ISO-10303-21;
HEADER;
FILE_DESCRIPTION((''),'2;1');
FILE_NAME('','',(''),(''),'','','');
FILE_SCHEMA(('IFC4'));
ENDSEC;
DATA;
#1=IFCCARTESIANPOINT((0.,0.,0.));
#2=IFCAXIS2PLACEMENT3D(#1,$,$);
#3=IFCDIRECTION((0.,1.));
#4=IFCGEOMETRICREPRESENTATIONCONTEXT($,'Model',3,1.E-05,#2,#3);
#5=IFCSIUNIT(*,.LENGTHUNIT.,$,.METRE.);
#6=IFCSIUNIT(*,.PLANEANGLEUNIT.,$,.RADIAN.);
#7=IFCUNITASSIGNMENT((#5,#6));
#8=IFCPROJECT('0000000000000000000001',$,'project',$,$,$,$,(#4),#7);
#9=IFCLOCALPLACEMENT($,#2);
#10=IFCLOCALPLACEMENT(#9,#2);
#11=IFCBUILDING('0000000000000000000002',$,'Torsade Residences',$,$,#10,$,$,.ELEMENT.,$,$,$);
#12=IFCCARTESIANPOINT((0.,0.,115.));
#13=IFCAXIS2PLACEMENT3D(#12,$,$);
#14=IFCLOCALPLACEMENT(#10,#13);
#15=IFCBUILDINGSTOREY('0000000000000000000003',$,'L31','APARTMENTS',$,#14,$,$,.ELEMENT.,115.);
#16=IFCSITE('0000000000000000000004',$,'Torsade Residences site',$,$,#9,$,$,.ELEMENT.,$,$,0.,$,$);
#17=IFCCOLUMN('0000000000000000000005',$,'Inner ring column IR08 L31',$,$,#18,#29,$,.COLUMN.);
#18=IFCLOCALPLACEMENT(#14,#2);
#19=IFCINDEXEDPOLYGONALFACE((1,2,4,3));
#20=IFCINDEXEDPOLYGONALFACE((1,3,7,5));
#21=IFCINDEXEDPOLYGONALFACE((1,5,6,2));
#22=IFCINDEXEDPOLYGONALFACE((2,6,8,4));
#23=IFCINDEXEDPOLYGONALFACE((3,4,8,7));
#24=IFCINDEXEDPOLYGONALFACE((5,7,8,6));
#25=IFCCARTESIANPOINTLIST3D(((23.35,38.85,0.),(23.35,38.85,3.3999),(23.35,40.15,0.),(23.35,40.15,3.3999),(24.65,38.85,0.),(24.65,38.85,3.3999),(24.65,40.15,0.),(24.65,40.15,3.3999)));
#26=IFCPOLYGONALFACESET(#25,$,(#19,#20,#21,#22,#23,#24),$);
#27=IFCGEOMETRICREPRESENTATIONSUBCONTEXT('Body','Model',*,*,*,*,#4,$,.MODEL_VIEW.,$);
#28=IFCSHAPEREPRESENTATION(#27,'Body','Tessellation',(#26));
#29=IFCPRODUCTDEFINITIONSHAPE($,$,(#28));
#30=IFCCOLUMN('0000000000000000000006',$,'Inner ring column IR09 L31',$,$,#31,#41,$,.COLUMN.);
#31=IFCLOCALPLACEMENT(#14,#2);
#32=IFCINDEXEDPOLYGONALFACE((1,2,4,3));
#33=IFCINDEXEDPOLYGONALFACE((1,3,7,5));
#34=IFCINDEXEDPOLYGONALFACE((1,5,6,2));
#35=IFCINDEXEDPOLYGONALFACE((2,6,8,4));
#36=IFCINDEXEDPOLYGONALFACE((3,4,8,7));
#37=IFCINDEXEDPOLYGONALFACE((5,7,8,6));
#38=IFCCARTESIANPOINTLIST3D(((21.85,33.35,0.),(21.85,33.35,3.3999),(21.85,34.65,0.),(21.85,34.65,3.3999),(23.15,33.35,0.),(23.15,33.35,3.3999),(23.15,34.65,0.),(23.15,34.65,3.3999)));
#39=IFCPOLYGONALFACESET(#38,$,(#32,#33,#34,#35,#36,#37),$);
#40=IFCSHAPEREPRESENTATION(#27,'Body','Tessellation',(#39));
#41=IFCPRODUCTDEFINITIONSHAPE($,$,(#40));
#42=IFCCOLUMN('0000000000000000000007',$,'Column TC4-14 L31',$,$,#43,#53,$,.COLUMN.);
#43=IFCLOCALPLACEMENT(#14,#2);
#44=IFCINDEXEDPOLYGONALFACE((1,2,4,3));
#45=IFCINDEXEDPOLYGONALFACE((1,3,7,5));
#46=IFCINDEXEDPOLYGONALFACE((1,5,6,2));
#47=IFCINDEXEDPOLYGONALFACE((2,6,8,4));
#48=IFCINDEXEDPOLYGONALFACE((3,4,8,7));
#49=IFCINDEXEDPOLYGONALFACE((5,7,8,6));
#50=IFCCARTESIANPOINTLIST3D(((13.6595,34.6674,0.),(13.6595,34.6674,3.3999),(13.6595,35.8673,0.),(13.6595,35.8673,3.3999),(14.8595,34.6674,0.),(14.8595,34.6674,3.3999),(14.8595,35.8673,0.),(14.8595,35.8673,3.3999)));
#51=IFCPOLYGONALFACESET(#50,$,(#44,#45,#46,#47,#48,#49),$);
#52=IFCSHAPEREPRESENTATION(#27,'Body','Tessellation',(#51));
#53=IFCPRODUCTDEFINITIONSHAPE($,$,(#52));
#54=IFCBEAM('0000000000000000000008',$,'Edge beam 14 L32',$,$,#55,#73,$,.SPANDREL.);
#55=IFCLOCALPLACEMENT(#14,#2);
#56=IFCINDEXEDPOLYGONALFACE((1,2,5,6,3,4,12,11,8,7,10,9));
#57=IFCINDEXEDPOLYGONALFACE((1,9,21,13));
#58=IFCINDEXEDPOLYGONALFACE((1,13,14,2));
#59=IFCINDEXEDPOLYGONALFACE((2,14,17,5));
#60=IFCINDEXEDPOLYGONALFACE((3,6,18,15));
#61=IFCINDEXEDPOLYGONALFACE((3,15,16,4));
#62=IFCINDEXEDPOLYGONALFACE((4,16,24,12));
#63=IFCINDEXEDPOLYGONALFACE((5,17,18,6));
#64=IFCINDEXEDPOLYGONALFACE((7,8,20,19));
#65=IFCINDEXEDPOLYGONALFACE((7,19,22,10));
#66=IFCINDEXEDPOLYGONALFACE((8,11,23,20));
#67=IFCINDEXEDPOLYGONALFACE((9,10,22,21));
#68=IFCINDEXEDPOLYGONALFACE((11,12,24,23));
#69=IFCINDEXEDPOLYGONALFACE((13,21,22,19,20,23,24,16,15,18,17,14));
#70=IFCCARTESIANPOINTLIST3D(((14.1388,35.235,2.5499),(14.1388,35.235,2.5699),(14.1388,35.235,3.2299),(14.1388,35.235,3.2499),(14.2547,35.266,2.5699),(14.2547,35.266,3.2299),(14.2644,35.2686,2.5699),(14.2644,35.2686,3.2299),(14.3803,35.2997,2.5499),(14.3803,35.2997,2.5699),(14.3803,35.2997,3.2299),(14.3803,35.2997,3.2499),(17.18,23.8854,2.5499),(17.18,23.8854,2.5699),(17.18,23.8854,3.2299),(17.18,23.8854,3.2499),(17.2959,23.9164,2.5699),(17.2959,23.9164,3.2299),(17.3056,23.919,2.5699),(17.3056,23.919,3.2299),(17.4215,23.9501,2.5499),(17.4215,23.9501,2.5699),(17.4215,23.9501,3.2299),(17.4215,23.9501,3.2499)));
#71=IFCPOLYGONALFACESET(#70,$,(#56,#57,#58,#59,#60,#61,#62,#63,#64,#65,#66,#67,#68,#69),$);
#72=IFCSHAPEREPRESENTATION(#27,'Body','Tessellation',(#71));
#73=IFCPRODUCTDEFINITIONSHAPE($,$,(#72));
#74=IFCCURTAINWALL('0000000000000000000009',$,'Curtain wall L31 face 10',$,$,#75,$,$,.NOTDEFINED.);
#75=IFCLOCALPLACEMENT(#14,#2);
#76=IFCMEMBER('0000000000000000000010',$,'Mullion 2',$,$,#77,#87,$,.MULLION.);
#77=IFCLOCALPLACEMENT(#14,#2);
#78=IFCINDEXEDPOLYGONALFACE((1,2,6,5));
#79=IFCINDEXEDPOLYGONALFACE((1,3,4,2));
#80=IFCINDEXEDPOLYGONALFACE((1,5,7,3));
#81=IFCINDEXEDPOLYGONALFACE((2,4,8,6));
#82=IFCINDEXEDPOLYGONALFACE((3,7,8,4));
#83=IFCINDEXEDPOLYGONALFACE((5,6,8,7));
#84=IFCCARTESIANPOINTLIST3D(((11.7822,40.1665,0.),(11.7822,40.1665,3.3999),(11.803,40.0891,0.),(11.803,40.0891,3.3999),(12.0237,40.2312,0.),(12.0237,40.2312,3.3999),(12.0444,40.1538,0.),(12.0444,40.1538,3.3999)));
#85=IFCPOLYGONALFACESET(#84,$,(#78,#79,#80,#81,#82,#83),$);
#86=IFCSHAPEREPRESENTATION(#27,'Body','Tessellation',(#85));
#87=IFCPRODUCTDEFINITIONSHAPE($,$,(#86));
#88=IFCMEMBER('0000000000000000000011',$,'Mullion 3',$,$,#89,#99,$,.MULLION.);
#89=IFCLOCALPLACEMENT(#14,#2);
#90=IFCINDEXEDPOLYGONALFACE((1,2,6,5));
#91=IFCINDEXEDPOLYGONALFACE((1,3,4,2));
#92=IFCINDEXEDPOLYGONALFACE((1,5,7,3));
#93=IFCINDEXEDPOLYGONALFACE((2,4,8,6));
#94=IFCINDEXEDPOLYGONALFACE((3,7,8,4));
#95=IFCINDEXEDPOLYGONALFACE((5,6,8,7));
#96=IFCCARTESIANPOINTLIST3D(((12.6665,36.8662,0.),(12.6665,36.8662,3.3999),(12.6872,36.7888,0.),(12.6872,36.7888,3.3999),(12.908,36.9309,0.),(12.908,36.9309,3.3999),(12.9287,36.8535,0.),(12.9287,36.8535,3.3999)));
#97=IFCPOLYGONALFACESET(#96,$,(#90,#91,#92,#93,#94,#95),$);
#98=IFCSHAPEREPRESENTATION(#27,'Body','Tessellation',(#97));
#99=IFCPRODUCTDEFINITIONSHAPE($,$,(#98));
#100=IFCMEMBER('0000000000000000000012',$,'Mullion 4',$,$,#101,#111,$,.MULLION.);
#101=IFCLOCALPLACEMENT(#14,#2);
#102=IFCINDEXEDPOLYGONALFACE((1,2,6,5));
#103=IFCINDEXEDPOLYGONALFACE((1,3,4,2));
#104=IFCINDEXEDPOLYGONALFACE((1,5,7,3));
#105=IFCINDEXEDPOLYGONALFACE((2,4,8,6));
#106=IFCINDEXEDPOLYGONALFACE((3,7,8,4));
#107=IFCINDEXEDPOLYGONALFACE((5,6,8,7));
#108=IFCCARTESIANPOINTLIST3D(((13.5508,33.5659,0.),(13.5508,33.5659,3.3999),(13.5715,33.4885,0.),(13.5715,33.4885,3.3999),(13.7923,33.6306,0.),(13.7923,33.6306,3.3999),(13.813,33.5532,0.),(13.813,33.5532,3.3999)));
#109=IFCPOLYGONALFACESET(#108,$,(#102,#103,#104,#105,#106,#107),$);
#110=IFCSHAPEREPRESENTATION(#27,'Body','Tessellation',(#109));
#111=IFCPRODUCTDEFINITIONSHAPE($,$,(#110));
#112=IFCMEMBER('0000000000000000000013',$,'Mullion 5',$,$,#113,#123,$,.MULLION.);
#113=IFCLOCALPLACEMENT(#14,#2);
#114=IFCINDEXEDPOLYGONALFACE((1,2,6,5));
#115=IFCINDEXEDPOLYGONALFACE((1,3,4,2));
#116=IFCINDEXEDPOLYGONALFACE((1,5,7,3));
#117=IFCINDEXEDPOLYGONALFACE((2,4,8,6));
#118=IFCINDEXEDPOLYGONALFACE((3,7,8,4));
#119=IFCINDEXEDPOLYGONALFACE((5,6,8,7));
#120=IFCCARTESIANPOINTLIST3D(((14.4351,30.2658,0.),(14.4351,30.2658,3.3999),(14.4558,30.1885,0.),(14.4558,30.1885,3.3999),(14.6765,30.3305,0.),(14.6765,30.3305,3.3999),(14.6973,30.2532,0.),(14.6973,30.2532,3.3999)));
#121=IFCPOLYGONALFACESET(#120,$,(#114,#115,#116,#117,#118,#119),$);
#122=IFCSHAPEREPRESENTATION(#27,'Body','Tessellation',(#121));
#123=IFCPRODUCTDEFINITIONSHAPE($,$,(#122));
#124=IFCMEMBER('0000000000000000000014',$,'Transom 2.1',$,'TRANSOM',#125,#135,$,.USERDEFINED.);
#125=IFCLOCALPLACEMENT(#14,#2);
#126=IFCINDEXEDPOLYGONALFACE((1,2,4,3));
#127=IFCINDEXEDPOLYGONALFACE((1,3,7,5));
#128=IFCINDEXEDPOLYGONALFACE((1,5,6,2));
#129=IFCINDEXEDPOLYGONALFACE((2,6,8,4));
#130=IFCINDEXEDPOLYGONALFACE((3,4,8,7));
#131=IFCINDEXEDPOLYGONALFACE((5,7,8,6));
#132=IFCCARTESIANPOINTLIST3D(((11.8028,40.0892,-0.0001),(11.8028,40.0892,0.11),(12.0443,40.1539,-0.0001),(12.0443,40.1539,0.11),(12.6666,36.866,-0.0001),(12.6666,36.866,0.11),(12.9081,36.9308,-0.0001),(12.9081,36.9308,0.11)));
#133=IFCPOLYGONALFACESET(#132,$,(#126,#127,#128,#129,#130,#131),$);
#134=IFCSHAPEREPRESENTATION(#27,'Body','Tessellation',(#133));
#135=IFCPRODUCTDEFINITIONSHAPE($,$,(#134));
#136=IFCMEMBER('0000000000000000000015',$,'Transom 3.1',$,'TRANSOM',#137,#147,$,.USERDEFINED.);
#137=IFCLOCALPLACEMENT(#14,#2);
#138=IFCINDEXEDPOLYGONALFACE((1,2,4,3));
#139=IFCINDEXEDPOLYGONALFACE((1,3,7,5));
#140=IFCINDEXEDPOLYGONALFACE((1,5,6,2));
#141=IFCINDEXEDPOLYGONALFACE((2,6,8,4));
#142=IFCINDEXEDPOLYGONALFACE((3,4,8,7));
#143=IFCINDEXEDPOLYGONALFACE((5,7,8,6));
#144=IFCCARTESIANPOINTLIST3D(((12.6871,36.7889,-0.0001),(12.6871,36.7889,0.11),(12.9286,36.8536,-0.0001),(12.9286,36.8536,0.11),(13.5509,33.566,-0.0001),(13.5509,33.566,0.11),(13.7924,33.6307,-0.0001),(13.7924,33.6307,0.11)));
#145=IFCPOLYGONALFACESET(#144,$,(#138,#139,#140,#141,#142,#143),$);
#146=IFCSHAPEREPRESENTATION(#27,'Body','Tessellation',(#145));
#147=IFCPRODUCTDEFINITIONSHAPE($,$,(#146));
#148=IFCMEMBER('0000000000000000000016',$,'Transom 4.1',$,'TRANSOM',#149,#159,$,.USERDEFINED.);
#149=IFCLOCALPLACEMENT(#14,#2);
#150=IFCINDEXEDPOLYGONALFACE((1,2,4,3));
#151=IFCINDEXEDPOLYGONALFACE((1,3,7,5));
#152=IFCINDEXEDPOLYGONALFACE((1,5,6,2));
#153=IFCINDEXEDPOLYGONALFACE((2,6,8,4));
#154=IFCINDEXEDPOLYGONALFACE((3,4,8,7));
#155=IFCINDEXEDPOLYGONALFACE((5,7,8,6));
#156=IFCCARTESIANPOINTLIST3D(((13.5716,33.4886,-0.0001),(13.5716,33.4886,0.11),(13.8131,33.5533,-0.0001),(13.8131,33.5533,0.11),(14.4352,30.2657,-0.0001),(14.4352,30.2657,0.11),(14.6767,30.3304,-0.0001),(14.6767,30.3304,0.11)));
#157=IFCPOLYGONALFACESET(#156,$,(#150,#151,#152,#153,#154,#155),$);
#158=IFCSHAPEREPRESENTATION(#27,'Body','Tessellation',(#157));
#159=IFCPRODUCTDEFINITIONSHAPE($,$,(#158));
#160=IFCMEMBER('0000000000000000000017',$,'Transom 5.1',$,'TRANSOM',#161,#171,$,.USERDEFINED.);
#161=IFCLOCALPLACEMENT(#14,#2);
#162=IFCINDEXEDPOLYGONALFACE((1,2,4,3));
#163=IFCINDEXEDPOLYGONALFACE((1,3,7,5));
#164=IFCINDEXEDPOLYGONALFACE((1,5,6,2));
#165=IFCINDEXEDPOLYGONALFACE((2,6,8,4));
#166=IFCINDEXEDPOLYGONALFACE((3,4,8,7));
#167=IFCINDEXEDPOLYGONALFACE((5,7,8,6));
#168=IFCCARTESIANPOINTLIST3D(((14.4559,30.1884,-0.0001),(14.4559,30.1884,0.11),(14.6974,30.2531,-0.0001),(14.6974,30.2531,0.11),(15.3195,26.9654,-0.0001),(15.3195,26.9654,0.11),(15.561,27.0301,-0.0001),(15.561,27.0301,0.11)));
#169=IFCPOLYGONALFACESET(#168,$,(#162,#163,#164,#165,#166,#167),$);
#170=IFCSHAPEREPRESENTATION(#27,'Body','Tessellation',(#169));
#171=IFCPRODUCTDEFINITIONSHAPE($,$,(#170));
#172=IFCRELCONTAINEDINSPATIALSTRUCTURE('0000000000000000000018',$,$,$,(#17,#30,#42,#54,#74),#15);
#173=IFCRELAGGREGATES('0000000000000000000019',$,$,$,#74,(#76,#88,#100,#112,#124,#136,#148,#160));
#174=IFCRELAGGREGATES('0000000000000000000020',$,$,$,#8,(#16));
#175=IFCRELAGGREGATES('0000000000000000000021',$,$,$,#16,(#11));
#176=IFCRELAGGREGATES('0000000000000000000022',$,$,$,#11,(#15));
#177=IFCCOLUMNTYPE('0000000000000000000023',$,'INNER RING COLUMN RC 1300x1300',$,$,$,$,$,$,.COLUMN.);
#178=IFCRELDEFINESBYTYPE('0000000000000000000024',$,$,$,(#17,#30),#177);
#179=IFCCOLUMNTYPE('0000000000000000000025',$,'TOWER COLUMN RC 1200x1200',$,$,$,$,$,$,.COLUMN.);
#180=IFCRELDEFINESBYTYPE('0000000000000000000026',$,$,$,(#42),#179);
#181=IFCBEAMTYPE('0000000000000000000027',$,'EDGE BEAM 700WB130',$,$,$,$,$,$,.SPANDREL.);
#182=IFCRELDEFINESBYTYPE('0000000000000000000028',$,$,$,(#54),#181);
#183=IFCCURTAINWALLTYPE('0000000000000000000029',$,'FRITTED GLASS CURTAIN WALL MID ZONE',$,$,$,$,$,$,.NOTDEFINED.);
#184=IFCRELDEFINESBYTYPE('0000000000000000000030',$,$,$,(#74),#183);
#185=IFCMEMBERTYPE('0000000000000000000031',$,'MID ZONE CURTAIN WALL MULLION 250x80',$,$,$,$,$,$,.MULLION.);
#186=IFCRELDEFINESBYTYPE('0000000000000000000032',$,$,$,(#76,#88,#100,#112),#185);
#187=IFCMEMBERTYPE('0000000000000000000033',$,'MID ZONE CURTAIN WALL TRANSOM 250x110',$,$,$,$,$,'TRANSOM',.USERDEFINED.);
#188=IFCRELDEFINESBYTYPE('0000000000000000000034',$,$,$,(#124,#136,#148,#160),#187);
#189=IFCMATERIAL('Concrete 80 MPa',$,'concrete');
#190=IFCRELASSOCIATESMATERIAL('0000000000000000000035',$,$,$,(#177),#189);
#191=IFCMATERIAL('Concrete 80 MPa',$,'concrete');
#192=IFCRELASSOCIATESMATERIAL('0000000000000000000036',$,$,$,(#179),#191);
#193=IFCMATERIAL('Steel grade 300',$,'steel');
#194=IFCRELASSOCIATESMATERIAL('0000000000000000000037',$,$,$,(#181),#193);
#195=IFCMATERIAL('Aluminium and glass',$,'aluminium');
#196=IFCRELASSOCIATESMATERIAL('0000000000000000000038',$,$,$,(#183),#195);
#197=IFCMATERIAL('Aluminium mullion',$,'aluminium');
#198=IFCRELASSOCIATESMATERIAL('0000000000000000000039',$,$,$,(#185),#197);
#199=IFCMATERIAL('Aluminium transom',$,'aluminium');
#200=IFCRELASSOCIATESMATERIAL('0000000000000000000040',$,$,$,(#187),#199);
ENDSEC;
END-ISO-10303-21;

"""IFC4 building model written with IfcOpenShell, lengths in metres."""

from ifc_helpers import new_model, si_unit, direction, frame, origin, origin_2d, place, context, subcontext, project, spatial, rectangle, i_section, extrude, material, material_profile, profile_set, type_object, element, aggregate, save


model = new_model("IFC4")

# Units and contexts
model_context = context("Model", 3, precision=1e-05, world=origin(), true_north=direction((0.0, 1.0)))
body_context = subcontext(model_context, "Body", "Model", "MODEL_VIEW")
ifc_project = project(units=[si_unit("LENGTHUNIT", "METRE"), si_unit("PLANEANGLEUNIT", "RADIAN")], contexts=[model_context])

# Site, building, storey
site_placement = place(None, origin())
site = spatial("IfcSite", under=ifc_project, at=site_placement, Name="Torsade Residences site", CompositionType="ELEMENT", RefElevation=0.0)
building_placement = place(site_placement, origin())
building = spatial("IfcBuilding", under=site, at=building_placement, Name="Torsade Residences", CompositionType="ELEMENT")
storey_placement = place(building_placement, frame((0.0, 0.0, 115.0)))
storey = spatial("IfcBuildingStorey", under=building, at=storey_placement, Name="L31", Description="APARTMENTS", CompositionType="ELEMENT", Elevation=115.0)

# Columns
ifc_material_1 = material(Name="Concrete 80 MPa", Category="concrete")
ifc_material_profile_1 = material_profile(ifc_material_1, rectangle(XDim=1.3, YDim=1.3, at=origin_2d()), Name="RC 1300x1300")
ifc_profile_set_1 = profile_set([ifc_material_profile_1], Name="Concrete 80 MPa")
column_type_1 = type_object("IfcColumnType", Name="INNER RING COLUMN RC 1300x1300", PredefinedType="COLUMN", material=ifc_profile_set_1)
for number, where, z_axis, x_axis, name in (
    (1, (24.0, 39.5, 0.0), (0.0, 0.0, 1.0), (1.0, 0.0, 0.0), "Inner ring column IR08 L31"),
    (2, (22.5, 34.0, 0.0), (0.0, 0.0, 1.0), (1.0, 0.0, 0.0), "Inner ring column IR09 L31"),
):
    element("IfcColumn", number, at=place(storey_placement, frame(where, z_axis=z_axis, x_axis=x_axis)), inside=storey, type_object=column_type_1, Name=name, PredefinedType="COLUMN", context=body_context, shape_type="SweptSolid", body=[
        extrude(rectangle(XDim=1.3, YDim=1.3, at=origin_2d()), origin(), (0.0, 0.0, 1.0), 3.3999),
    ])
ifc_material_2 = material(Name="Concrete 80 MPa", Category="concrete")
ifc_material_profile_2 = material_profile(ifc_material_2, rectangle(XDim=1.2, YDim=1.2, at=origin_2d()), Name="RC 1200x1200")
ifc_profile_set_2 = profile_set([ifc_material_profile_2], Name="Concrete 80 MPa")
column_type_2 = type_object("IfcColumnType", Name="TOWER COLUMN RC 1200x1200", PredefinedType="COLUMN", material=ifc_profile_set_2)
column_placement = place(storey_placement, frame((14.2595, 35.2673, 0.0), z_axis=(0.0, 0.0, 1.0), x_axis=(1.0, 0.0, 0.0)))
element("IfcColumn", 3, at=column_placement, inside=storey, type_object=column_type_2, Name="Column TC4-14 L31", PredefinedType="COLUMN", context=body_context, shape_type="SweptSolid", body=[
    extrude(rectangle(XDim=1.2, YDim=1.2, at=origin_2d()), origin(), (0.0, 0.0, 1.0), 3.3999),
])

# Beam
ifc_material_3 = material(Name="Steel grade 300", Category="steel")
ifc_material_profile_3 = material_profile(ifc_material_3, i_section(OverallWidth=0.25, OverallDepth=0.7, WebThickness=0.01, FlangeThickness=0.02, at=origin_2d()), Name="700WB130")
ifc_profile_set_3 = profile_set([ifc_material_profile_3], Name="Steel grade 300")
beam_type_1 = type_object("IfcBeamType", Name="EDGE BEAM 700WB130", PredefinedType="SPANDREL", material=ifc_profile_set_3)
beam_1_placement = place(storey_placement, frame((14.2595, 35.2673, 2.8999), z_axis=(0.25883, -0.965923, 0.0), x_axis=(0.965923, 0.25883, 0.0)))
element("IfcBeam", 4, at=beam_1_placement, inside=storey, type_object=beam_type_1, Name="Edge beam 14 L32", PredefinedType="SPANDREL", context=body_context, shape_type="SweptSolid", body=[
    extrude(i_section(OverallWidth=0.25, OverallDepth=0.7, WebThickness=0.01, FlangeThickness=0.02, at=origin_2d()), origin(), (0.0, 0.0, 1.0), 11.75),
])

# Curtain wall, members
ifc_material_4 = material(Name="Aluminium and glass", Category="aluminium")
curtain_wall_type = type_object("IfcCurtainWallType", Name="FRITTED GLASS CURTAIN WALL MID ZONE", PredefinedType="NOTDEFINED", material=ifc_material_4)
curtain_wall_placement = place(storey_placement, origin())
curtain_wall = element("IfcCurtainWall", 5, at=curtain_wall_placement, inside=storey, type_object=curtain_wall_type, Name="Curtain wall L31 face 10", PredefinedType="NOTDEFINED")
ifc_material_5 = material(Name="Aluminium mullion", Category="aluminium")
ifc_material_profile_4 = material_profile(ifc_material_5, rectangle(XDim=0.25, YDim=0.0801, at=origin_2d()), Name="MID ZONE CURTAIN WALL MULLION 250x80")
ifc_profile_set_4 = profile_set([ifc_material_profile_4], Name="Aluminium mullion")
member_type_1 = type_object("IfcMemberType", Name="MID ZONE CURTAIN WALL MULLION 250x80", PredefinedType="MULLION", material=ifc_profile_set_4)
member_1_placement = place(storey_placement, frame((11.9133, 40.1602, 0.0), z_axis=(0.0, 0.0, 1.0), x_axis=(0.965926, 0.258819, 0.0)))
member_1 = element("IfcMember", 6, at=member_1_placement, type_object=member_type_1, Name="Mullion 2", PredefinedType="MULLION", context=body_context, shape_type="SweptSolid", body=[
    extrude(rectangle(XDim=0.25, YDim=0.0801, at=origin_2d()), origin(), (0.0, 0.0, 1.0), 3.3999),
])
member_2_placement = place(storey_placement, frame((12.7976, 36.8599, 0.0), z_axis=(0.0, 0.0, 1.0), x_axis=(0.965926, 0.258819, 0.0)))
member_2 = element("IfcMember", 7, at=member_2_placement, type_object=member_type_1, Name="Mullion 3", PredefinedType="MULLION", context=body_context, shape_type="SweptSolid", body=[
    extrude(rectangle(XDim=0.25, YDim=0.0801, at=origin_2d()), origin(), (0.0, 0.0, 1.0), 3.3999),
])
member_3_placement = place(storey_placement, frame((13.6819, 33.5596, 0.0), z_axis=(0.0, 0.0, 1.0), x_axis=(0.965926, 0.258819, 0.0)))
member_3 = element("IfcMember", 8, at=member_3_placement, type_object=member_type_1, Name="Mullion 4", PredefinedType="MULLION", context=body_context, shape_type="SweptSolid", body=[
    extrude(rectangle(XDim=0.25, YDim=0.0801, at=origin_2d()), origin(), (0.0, 0.0, 1.0), 3.3999),
])
member_4_placement = place(storey_placement, frame((14.5662, 30.2595, 0.0), z_axis=(0.0, 0.0, 1.0), x_axis=(0.965926, 0.258819, 0.0)))
member_4 = element("IfcMember", 9, at=member_4_placement, type_object=member_type_1, Name="Mullion 5", PredefinedType="MULLION", context=body_context, shape_type="SweptSolid", body=[
    extrude(rectangle(XDim=0.25, YDim=0.0801, at=origin_2d()), origin(), (0.0, 0.0, 1.0), 3.3999),
])
ifc_material_6 = material(Name="Aluminium transom", Category="aluminium")
ifc_material_profile_5 = material_profile(ifc_material_6, rectangle(XDim=0.25, YDim=0.1101, at=origin_2d()), Name="MID ZONE CURTAIN WALL TRANSOM 250x110")
ifc_profile_set_5 = profile_set([ifc_material_profile_5], Name="Aluminium transom")
member_type_2 = type_object("IfcMemberType", Name="MID ZONE CURTAIN WALL TRANSOM 250x110", ElementType="TRANSOM", PredefinedType="USERDEFINED", material=ifc_profile_set_5)
member_5_placement = place(storey_placement, frame((11.9236, 40.1216, 0.0549), z_axis=(0.258856, -0.965916, 0.0), x_axis=(0.965916, 0.258856, 0.0)))
member_5 = element("IfcMember", 10, at=member_5_placement, type_object=member_type_2, Name="Transom 2.1", ObjectType="TRANSOM", PredefinedType="USERDEFINED", context=body_context, shape_type="SweptSolid", body=[
    extrude(rectangle(XDim=0.25, YDim=0.1101, at=origin_2d()), origin(), (0.0, 0.0, 1.0), 3.3369),
])
member_6_placement = place(storey_placement, frame((12.8079, 36.8213, 0.0549), z_axis=(0.258874, -0.965911, 0.0), x_axis=(0.965911, 0.258874, 0.0)))
member_6 = element("IfcMember", 11, at=member_6_placement, type_object=member_type_2, Name="Transom 3.1", ObjectType="TRANSOM", PredefinedType="USERDEFINED", context=body_context, shape_type="SweptSolid", body=[
    extrude(rectangle(XDim=0.25, YDim=0.1101, at=origin_2d()), origin(), (0.0, 0.0, 1.0), 3.3367),
])
member_7_placement = place(storey_placement, frame((13.6924, 33.521, 0.0549), z_axis=(0.258806, -0.965929, 0.0), x_axis=(0.965929, 0.258806, 0.0)))
member_7 = element("IfcMember", 12, at=member_7_placement, type_object=member_type_2, Name="Transom 4.1", ObjectType="TRANSOM", PredefinedType="USERDEFINED", context=body_context, shape_type="SweptSolid", body=[
    extrude(rectangle(XDim=0.25, YDim=0.1101, at=origin_2d()), origin(), (0.0, 0.0, 1.0), 3.3367),
])
member_8_placement = place(storey_placement, frame((14.5767, 30.2207, 0.0549), z_axis=(0.258806, -0.965929, 0.0), x_axis=(0.965929, 0.258806, 0.0)))
member_8 = element("IfcMember", 13, at=member_8_placement, type_object=member_type_2, Name="Transom 5.1", ObjectType="TRANSOM", PredefinedType="USERDEFINED", context=body_context, shape_type="SweptSolid", body=[
    extrude(rectangle(XDim=0.25, YDim=0.1101, at=origin_2d()), origin(), (0.0, 0.0, 1.0), 3.3367),
])

aggregate(curtain_wall, [member_1, member_2, member_3, member_4, member_5, member_6, member_7, member_8])

save(model, "model.ifc")
